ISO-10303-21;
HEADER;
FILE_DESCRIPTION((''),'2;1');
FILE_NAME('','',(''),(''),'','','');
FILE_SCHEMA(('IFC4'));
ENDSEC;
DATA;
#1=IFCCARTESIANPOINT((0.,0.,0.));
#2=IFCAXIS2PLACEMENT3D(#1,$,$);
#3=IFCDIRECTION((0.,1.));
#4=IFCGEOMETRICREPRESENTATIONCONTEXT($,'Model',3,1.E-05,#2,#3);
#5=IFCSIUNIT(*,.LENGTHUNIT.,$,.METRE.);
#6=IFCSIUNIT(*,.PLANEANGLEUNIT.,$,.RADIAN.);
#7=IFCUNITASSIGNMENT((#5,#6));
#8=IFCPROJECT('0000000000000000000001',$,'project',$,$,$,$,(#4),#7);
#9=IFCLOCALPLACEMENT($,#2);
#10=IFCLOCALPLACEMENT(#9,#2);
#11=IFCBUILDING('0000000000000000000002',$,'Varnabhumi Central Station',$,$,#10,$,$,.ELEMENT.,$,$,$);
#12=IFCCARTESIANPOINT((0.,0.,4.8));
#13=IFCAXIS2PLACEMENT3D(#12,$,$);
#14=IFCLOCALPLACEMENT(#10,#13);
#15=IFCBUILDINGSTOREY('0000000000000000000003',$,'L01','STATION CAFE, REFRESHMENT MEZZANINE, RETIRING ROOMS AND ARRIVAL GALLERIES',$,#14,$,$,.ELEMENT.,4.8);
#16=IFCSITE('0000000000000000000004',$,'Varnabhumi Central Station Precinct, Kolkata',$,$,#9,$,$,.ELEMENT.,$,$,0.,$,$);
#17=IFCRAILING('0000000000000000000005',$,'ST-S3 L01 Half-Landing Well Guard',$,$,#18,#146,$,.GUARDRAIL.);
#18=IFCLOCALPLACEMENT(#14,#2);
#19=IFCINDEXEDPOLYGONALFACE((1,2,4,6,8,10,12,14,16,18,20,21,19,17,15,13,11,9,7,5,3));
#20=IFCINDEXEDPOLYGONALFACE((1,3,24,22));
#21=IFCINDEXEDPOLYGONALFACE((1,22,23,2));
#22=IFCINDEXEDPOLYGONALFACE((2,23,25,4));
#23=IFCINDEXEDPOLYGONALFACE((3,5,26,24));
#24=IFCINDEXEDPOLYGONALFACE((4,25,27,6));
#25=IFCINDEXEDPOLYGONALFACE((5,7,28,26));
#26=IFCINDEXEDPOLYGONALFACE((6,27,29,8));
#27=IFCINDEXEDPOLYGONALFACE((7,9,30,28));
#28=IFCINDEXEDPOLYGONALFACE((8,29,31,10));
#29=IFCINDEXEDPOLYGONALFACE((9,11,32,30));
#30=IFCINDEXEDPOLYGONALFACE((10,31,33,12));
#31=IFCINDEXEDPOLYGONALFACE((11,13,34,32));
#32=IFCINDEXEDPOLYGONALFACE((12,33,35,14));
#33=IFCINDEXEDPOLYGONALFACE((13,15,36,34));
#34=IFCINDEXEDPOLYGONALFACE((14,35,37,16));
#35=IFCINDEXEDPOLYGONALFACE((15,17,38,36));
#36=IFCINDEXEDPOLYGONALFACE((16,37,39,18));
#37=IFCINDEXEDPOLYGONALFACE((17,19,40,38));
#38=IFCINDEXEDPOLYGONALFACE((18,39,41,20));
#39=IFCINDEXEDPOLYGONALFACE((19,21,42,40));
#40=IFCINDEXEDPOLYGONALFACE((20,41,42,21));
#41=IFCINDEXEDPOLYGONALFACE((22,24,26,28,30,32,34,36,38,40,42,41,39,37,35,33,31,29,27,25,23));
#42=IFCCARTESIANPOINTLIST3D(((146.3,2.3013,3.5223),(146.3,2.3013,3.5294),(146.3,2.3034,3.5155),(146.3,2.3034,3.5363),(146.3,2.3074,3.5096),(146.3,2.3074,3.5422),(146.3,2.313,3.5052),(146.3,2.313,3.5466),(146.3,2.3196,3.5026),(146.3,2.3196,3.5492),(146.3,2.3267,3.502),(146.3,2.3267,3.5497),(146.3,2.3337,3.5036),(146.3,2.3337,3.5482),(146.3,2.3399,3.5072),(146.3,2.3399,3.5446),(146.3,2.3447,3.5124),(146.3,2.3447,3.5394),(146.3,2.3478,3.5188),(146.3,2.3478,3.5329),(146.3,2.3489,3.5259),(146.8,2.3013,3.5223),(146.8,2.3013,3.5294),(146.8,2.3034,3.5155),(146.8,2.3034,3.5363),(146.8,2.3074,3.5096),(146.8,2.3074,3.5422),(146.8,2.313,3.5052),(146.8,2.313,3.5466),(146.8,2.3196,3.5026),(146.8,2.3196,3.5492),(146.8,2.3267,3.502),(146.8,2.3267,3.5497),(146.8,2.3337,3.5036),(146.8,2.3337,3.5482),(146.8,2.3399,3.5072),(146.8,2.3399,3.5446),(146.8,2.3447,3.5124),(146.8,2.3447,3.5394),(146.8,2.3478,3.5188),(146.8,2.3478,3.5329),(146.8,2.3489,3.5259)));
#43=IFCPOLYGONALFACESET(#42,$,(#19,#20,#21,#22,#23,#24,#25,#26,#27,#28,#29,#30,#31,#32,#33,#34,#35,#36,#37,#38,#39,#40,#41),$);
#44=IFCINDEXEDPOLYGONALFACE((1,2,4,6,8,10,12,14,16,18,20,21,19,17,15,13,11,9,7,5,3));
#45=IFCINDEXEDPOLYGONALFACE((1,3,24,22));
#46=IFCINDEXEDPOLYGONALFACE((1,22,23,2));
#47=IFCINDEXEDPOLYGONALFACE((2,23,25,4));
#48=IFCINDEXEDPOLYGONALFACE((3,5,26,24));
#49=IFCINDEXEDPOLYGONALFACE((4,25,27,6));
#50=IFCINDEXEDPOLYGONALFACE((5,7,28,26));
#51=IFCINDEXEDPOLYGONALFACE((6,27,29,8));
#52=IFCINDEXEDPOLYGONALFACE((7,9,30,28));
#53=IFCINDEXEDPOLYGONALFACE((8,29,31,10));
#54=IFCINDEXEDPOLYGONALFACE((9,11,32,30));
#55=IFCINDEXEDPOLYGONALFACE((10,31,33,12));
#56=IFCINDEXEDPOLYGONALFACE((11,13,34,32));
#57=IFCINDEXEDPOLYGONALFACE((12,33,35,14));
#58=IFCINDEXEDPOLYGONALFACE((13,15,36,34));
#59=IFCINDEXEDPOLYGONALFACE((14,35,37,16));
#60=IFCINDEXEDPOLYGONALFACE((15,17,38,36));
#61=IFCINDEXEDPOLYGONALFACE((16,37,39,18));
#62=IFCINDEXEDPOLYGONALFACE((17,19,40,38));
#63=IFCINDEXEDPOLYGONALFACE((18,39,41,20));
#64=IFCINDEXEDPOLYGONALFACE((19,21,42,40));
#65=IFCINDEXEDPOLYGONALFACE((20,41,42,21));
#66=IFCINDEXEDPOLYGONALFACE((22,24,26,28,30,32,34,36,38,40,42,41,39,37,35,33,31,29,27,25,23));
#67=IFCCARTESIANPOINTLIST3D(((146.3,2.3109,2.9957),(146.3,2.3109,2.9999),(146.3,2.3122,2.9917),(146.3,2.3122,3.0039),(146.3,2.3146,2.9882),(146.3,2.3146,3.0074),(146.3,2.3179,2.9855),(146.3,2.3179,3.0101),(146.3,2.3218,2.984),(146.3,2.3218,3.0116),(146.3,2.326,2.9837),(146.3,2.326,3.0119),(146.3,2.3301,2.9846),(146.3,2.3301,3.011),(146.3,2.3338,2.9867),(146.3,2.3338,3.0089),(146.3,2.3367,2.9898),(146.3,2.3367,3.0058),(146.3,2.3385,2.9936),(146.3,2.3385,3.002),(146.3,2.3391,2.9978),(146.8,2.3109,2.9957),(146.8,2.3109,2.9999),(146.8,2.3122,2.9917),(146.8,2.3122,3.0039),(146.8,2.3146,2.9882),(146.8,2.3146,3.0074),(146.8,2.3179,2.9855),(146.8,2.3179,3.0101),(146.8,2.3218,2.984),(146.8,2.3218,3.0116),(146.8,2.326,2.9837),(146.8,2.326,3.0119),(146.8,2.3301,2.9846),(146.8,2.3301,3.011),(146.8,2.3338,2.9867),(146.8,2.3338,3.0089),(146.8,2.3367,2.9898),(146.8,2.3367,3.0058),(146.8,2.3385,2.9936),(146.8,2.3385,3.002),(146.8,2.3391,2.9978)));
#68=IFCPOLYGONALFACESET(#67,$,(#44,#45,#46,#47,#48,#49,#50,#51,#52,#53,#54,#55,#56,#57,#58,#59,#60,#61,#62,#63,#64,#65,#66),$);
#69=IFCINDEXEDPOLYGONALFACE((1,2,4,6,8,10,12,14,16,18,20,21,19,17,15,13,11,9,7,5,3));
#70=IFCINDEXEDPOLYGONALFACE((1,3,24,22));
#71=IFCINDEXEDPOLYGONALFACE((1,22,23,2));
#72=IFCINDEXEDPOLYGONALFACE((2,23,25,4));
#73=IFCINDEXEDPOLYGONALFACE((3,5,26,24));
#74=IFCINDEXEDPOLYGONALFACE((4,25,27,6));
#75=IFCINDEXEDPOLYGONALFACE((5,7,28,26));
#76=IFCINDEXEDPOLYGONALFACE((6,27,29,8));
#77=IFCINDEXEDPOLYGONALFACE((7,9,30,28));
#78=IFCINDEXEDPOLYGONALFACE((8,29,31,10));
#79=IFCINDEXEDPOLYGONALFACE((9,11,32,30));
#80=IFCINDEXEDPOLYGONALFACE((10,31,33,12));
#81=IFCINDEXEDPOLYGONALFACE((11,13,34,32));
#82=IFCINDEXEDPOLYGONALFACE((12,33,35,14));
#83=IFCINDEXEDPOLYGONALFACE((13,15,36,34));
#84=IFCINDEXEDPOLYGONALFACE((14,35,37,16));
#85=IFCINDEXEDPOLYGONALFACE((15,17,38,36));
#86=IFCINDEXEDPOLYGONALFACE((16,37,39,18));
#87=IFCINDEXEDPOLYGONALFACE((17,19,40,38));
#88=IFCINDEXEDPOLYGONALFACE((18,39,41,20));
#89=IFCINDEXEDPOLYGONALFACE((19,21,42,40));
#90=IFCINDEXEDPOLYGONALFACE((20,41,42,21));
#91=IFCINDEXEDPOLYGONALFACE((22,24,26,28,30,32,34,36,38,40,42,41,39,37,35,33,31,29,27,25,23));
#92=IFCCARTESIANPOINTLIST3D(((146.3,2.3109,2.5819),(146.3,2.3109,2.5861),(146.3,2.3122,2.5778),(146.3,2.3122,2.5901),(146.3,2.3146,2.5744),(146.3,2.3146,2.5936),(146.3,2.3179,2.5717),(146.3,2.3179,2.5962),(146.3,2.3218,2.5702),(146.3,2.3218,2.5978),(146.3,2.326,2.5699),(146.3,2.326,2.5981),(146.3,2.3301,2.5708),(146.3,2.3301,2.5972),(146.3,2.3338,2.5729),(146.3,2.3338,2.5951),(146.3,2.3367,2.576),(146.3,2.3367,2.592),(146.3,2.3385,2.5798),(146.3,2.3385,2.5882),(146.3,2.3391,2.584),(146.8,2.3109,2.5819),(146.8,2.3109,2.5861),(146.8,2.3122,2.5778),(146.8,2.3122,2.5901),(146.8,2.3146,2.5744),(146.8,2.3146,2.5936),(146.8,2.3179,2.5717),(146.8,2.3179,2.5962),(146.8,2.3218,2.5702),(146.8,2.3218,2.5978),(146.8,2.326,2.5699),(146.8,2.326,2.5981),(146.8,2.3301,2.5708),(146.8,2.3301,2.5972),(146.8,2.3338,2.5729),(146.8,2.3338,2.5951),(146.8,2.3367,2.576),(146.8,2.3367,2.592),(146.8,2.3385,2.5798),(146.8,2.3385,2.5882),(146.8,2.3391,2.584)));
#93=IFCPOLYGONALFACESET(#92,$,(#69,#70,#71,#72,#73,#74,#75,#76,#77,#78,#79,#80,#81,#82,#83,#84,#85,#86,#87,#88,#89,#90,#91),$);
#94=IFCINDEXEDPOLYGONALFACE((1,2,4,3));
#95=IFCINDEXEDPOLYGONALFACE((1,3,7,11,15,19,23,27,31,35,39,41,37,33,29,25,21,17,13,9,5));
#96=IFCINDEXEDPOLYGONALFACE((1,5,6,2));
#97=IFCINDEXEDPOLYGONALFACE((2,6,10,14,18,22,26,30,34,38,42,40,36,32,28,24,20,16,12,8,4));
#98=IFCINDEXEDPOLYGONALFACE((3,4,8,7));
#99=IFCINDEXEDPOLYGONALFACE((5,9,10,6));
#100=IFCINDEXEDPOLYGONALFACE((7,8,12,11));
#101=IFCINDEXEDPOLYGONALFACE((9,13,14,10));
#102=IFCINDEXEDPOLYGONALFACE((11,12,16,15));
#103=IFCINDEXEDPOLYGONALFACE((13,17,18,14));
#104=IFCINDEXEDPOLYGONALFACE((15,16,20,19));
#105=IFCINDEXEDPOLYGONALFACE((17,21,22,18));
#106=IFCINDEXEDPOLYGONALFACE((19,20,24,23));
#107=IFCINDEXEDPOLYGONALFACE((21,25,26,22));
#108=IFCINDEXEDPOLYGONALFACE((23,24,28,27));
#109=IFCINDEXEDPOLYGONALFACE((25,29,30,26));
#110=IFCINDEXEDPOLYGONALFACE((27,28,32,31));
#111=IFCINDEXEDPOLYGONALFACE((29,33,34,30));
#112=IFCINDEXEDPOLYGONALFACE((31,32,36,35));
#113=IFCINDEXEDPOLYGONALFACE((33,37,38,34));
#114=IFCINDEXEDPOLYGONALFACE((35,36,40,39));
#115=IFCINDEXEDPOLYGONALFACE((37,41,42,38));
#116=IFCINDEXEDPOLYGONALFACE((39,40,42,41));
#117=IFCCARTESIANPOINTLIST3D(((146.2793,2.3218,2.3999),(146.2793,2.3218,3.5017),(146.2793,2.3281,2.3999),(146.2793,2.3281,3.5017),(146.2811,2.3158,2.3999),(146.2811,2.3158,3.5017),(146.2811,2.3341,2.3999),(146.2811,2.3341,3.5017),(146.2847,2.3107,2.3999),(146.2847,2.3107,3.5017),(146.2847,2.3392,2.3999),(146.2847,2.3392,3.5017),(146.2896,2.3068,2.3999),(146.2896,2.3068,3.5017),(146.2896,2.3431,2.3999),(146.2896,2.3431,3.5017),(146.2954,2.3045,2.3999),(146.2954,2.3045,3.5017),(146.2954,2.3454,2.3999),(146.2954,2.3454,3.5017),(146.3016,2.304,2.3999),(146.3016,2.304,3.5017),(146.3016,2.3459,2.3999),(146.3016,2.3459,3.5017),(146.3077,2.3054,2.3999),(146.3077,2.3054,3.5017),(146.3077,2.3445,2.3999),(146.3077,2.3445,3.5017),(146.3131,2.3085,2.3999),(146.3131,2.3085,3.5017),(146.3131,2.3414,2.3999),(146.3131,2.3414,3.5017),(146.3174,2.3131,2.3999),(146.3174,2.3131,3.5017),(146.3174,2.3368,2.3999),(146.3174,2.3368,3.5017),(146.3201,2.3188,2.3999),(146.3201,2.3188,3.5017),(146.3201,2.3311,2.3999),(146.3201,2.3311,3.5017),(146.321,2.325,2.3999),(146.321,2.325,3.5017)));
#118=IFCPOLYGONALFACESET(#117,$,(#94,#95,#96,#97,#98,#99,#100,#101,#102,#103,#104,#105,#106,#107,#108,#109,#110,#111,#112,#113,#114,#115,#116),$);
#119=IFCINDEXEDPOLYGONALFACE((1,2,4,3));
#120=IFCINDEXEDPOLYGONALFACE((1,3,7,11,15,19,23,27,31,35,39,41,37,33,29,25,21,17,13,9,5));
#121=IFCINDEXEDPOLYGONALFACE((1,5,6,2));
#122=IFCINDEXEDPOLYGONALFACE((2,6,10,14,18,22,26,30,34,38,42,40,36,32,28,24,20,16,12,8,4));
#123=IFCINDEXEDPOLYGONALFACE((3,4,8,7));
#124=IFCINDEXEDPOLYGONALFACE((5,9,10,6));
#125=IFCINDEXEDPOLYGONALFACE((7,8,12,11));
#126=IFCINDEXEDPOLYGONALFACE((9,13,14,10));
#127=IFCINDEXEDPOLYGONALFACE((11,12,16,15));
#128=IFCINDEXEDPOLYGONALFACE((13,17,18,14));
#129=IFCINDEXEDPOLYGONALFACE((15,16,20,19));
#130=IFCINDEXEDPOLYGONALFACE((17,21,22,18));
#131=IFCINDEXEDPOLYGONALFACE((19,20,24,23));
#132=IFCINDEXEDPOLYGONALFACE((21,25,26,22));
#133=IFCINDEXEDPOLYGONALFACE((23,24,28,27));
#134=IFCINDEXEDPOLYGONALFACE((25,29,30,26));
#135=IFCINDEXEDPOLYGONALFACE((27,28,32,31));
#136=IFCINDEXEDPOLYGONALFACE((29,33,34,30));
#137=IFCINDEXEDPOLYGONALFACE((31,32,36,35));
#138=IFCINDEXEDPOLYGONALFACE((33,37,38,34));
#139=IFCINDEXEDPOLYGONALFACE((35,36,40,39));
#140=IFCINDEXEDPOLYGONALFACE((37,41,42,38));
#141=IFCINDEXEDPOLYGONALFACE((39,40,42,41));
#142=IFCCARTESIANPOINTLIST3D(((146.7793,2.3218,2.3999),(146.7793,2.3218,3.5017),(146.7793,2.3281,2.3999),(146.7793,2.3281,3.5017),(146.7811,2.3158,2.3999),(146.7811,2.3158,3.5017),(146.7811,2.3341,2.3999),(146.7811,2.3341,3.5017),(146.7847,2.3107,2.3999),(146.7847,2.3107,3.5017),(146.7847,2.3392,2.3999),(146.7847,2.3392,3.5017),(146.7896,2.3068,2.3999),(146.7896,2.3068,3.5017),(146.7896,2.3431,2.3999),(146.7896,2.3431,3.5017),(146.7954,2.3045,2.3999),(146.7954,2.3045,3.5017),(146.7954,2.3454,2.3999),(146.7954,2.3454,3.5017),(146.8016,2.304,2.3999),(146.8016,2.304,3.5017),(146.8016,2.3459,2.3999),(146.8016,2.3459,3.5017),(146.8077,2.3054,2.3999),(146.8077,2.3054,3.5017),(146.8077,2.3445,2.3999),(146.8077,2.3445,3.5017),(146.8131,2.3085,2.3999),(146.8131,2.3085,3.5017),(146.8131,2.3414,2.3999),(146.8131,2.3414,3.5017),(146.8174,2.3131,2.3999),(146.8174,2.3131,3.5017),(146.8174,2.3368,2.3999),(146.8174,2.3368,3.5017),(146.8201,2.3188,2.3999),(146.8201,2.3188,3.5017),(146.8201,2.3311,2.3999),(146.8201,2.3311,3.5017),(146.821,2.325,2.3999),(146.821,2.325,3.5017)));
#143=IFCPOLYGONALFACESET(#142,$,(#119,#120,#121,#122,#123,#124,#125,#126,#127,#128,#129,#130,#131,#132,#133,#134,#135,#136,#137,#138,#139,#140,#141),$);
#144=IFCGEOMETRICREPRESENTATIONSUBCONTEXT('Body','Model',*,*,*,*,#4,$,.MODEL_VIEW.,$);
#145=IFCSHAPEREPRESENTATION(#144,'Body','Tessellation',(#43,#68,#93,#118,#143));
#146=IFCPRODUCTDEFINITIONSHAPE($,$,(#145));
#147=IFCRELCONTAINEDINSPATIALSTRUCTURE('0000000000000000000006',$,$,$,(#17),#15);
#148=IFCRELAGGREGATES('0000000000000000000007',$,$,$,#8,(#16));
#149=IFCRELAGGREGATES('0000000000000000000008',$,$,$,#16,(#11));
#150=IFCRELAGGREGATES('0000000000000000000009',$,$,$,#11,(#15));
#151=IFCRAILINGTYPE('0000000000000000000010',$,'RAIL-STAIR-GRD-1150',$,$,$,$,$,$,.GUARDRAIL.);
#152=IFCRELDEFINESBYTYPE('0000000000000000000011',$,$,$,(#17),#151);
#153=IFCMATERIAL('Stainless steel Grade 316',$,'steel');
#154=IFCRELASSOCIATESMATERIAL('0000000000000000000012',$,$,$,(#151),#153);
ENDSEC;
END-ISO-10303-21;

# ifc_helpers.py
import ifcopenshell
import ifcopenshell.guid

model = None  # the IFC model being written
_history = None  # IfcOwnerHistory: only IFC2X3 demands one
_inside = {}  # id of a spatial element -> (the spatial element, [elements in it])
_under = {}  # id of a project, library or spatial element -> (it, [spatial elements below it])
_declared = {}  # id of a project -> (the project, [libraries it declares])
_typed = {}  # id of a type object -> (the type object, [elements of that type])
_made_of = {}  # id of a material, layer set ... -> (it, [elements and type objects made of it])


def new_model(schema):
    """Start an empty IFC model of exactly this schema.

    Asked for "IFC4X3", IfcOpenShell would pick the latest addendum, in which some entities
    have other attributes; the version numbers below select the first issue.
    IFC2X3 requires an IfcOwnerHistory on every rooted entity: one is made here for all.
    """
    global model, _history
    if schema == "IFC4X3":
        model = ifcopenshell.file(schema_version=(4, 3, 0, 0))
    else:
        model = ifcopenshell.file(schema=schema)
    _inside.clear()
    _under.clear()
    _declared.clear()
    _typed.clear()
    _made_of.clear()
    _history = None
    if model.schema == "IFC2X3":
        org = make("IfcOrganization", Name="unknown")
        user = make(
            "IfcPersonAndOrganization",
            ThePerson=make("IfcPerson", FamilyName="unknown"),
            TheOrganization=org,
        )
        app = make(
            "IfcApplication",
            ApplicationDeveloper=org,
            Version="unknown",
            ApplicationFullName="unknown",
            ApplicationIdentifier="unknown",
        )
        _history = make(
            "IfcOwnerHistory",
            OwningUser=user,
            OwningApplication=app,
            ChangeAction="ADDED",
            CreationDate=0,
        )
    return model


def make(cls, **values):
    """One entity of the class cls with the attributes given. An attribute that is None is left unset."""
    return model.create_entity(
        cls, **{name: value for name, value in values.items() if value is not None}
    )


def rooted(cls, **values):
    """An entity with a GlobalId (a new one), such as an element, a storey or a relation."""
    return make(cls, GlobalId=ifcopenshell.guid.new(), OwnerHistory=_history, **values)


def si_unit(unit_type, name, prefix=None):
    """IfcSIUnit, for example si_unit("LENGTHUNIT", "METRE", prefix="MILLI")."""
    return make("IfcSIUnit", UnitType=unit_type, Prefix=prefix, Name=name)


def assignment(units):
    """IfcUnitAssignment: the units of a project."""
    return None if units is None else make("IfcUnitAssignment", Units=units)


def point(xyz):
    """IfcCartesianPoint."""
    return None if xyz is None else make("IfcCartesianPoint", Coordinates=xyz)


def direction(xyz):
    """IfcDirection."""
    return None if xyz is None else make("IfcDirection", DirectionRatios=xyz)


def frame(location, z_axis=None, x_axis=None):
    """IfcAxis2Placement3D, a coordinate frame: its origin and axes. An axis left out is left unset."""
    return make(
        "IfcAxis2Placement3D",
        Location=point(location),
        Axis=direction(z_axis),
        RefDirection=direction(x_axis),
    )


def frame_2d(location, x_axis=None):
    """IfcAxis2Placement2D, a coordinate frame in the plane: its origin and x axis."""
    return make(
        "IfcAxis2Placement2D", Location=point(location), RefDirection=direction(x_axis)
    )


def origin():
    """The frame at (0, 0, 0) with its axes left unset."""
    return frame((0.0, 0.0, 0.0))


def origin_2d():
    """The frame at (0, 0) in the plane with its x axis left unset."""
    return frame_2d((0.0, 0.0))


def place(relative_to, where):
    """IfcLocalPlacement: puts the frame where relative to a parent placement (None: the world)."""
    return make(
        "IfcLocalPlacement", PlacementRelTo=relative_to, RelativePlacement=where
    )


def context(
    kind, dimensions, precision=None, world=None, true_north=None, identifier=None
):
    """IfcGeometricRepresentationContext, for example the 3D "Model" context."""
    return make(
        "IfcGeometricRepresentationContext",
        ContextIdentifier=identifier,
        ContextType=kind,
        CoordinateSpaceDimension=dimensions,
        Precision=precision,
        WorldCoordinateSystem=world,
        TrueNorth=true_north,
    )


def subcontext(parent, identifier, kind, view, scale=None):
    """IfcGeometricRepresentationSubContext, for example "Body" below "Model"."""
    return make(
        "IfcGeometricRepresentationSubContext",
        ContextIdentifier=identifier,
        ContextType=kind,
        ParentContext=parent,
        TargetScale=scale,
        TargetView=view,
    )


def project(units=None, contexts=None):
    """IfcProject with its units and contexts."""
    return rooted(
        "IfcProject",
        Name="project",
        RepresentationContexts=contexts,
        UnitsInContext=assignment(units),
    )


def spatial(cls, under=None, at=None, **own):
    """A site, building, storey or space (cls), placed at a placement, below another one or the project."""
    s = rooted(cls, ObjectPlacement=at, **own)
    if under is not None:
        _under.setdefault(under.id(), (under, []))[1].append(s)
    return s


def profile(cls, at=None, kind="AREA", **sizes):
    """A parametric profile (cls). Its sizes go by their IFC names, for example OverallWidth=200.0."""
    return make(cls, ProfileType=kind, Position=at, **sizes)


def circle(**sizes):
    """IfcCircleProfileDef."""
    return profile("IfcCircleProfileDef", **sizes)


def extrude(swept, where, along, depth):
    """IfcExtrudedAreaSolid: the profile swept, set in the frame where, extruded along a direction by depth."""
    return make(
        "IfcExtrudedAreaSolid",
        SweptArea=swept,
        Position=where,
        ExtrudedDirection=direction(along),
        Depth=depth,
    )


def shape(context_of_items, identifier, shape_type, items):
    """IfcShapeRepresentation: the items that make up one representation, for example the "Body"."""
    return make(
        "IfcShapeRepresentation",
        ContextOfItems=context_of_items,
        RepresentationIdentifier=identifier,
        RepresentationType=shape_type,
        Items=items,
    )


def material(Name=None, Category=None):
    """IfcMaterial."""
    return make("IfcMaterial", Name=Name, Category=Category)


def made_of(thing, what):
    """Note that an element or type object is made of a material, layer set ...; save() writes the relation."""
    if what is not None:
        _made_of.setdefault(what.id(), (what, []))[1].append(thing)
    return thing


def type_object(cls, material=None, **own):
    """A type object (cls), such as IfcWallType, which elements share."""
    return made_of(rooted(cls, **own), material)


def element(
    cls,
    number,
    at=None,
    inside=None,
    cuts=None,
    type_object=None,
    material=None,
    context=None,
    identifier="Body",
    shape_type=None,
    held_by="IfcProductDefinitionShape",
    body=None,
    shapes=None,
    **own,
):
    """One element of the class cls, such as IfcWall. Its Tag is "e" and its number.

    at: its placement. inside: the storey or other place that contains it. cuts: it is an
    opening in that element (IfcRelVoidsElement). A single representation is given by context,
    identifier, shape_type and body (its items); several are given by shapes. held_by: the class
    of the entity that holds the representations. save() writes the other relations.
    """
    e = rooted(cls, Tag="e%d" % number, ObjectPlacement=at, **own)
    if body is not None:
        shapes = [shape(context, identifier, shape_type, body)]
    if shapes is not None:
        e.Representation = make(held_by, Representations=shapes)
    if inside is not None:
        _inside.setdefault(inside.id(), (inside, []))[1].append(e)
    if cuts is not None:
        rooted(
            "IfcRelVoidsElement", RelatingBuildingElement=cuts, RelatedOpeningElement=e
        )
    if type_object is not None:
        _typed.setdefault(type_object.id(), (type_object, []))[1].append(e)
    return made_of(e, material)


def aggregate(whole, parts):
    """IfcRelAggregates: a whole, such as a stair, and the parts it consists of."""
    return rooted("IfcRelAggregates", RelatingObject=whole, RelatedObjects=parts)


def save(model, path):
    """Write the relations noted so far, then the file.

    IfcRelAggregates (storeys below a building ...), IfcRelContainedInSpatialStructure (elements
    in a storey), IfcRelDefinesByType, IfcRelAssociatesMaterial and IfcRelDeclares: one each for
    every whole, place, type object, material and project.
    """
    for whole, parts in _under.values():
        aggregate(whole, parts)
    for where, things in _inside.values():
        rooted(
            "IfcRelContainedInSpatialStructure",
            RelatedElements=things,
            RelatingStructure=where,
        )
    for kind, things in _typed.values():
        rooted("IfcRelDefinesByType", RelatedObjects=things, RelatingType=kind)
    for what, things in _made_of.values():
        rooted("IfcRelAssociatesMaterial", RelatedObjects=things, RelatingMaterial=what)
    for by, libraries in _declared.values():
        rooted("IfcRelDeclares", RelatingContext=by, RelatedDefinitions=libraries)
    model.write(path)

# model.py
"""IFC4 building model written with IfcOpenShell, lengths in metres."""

from ifc_helpers import new_model, si_unit, direction, frame, origin, origin_2d, place, context, subcontext, project, spatial, circle, extrude, material, type_object, element, save


model = new_model("IFC4")

# Units and contexts
model_context = context("Model", 3, precision=1e-05, world=origin(), true_north=direction((0.0, 1.0)))
body_context = subcontext(model_context, "Body", "Model", "MODEL_VIEW")
ifc_project = project(units=[si_unit("LENGTHUNIT", "METRE"), si_unit("PLANEANGLEUNIT", "RADIAN")], contexts=[model_context])

# Site, building, storey
site_placement = place(None, origin())
site = spatial("IfcSite", under=ifc_project, at=site_placement, Name="Varnabhumi Central Station Precinct, Kolkata", CompositionType="ELEMENT", RefElevation=0.0)
building_placement = place(site_placement, origin())
building = spatial("IfcBuilding", under=site, at=building_placement, Name="Varnabhumi Central Station", CompositionType="ELEMENT")
storey_placement = place(building_placement, frame((0.0, 0.0, 4.8)))
storey = spatial("IfcBuildingStorey", under=building, at=storey_placement, Name="L01", Description="STATION CAFE, REFRESHMENT MEZZANINE, RETIRING ROOMS AND ARRIVAL GALLERIES", CompositionType="ELEMENT", Elevation=4.8)

# Shared definitions
ifc_material_1 = material(Name="Stainless steel Grade 316", Category="steel")

# Railing
railing_type_1 = type_object("IfcRailingType", Name="RAIL-STAIR-GRD-1150", PredefinedType="GUARDRAIL", material=ifc_material_1)
for number, where, name in (
    (1, (146.3, 2.325, 2.3999), "ST-S3 L01 Half-Landing Well Guard"),
):
    element("IfcRailing", number, at=place(storey_placement, frame(where)), inside=storey, type_object=railing_type_1, Name=name, PredefinedType="GUARDRAIL", context=body_context, shape_type="SweptSolid", body=[
        extrude(circle(Radius=0.0239, at=origin_2d()), frame((0.0, 0.0, 1.126), z_axis=(1.0, 0.0, 0.0), x_axis=(0.0, 1.0, 0.0)), (0.0, 0.0, 1.0), 0.5),
        extrude(circle(Radius=0.0142, at=origin_2d()), frame((0.0, 0.0, 0.5979), z_axis=(1.0, 0.0, 0.0), x_axis=(0.0, 1.0, 0.0)), (0.0, 0.0, 1.0), 0.5),
        extrude(circle(Radius=0.0142, at=origin_2d()), frame((0.0, 0.0, 0.1841), z_axis=(1.0, 0.0, 0.0), x_axis=(0.0, 1.0, 0.0)), (0.0, 0.0, 1.0), 0.5),
        extrude(circle(Radius=0.021, at=origin_2d()), origin(), (0.0, 0.0, 1.0), 1.1018),
        extrude(circle(Radius=0.021, at=origin_2d()), frame((0.5, 0.0, 0.0)), (0.0, 0.0, 1.0), 1.1018),
    ])

save(model, "model.ifc")
